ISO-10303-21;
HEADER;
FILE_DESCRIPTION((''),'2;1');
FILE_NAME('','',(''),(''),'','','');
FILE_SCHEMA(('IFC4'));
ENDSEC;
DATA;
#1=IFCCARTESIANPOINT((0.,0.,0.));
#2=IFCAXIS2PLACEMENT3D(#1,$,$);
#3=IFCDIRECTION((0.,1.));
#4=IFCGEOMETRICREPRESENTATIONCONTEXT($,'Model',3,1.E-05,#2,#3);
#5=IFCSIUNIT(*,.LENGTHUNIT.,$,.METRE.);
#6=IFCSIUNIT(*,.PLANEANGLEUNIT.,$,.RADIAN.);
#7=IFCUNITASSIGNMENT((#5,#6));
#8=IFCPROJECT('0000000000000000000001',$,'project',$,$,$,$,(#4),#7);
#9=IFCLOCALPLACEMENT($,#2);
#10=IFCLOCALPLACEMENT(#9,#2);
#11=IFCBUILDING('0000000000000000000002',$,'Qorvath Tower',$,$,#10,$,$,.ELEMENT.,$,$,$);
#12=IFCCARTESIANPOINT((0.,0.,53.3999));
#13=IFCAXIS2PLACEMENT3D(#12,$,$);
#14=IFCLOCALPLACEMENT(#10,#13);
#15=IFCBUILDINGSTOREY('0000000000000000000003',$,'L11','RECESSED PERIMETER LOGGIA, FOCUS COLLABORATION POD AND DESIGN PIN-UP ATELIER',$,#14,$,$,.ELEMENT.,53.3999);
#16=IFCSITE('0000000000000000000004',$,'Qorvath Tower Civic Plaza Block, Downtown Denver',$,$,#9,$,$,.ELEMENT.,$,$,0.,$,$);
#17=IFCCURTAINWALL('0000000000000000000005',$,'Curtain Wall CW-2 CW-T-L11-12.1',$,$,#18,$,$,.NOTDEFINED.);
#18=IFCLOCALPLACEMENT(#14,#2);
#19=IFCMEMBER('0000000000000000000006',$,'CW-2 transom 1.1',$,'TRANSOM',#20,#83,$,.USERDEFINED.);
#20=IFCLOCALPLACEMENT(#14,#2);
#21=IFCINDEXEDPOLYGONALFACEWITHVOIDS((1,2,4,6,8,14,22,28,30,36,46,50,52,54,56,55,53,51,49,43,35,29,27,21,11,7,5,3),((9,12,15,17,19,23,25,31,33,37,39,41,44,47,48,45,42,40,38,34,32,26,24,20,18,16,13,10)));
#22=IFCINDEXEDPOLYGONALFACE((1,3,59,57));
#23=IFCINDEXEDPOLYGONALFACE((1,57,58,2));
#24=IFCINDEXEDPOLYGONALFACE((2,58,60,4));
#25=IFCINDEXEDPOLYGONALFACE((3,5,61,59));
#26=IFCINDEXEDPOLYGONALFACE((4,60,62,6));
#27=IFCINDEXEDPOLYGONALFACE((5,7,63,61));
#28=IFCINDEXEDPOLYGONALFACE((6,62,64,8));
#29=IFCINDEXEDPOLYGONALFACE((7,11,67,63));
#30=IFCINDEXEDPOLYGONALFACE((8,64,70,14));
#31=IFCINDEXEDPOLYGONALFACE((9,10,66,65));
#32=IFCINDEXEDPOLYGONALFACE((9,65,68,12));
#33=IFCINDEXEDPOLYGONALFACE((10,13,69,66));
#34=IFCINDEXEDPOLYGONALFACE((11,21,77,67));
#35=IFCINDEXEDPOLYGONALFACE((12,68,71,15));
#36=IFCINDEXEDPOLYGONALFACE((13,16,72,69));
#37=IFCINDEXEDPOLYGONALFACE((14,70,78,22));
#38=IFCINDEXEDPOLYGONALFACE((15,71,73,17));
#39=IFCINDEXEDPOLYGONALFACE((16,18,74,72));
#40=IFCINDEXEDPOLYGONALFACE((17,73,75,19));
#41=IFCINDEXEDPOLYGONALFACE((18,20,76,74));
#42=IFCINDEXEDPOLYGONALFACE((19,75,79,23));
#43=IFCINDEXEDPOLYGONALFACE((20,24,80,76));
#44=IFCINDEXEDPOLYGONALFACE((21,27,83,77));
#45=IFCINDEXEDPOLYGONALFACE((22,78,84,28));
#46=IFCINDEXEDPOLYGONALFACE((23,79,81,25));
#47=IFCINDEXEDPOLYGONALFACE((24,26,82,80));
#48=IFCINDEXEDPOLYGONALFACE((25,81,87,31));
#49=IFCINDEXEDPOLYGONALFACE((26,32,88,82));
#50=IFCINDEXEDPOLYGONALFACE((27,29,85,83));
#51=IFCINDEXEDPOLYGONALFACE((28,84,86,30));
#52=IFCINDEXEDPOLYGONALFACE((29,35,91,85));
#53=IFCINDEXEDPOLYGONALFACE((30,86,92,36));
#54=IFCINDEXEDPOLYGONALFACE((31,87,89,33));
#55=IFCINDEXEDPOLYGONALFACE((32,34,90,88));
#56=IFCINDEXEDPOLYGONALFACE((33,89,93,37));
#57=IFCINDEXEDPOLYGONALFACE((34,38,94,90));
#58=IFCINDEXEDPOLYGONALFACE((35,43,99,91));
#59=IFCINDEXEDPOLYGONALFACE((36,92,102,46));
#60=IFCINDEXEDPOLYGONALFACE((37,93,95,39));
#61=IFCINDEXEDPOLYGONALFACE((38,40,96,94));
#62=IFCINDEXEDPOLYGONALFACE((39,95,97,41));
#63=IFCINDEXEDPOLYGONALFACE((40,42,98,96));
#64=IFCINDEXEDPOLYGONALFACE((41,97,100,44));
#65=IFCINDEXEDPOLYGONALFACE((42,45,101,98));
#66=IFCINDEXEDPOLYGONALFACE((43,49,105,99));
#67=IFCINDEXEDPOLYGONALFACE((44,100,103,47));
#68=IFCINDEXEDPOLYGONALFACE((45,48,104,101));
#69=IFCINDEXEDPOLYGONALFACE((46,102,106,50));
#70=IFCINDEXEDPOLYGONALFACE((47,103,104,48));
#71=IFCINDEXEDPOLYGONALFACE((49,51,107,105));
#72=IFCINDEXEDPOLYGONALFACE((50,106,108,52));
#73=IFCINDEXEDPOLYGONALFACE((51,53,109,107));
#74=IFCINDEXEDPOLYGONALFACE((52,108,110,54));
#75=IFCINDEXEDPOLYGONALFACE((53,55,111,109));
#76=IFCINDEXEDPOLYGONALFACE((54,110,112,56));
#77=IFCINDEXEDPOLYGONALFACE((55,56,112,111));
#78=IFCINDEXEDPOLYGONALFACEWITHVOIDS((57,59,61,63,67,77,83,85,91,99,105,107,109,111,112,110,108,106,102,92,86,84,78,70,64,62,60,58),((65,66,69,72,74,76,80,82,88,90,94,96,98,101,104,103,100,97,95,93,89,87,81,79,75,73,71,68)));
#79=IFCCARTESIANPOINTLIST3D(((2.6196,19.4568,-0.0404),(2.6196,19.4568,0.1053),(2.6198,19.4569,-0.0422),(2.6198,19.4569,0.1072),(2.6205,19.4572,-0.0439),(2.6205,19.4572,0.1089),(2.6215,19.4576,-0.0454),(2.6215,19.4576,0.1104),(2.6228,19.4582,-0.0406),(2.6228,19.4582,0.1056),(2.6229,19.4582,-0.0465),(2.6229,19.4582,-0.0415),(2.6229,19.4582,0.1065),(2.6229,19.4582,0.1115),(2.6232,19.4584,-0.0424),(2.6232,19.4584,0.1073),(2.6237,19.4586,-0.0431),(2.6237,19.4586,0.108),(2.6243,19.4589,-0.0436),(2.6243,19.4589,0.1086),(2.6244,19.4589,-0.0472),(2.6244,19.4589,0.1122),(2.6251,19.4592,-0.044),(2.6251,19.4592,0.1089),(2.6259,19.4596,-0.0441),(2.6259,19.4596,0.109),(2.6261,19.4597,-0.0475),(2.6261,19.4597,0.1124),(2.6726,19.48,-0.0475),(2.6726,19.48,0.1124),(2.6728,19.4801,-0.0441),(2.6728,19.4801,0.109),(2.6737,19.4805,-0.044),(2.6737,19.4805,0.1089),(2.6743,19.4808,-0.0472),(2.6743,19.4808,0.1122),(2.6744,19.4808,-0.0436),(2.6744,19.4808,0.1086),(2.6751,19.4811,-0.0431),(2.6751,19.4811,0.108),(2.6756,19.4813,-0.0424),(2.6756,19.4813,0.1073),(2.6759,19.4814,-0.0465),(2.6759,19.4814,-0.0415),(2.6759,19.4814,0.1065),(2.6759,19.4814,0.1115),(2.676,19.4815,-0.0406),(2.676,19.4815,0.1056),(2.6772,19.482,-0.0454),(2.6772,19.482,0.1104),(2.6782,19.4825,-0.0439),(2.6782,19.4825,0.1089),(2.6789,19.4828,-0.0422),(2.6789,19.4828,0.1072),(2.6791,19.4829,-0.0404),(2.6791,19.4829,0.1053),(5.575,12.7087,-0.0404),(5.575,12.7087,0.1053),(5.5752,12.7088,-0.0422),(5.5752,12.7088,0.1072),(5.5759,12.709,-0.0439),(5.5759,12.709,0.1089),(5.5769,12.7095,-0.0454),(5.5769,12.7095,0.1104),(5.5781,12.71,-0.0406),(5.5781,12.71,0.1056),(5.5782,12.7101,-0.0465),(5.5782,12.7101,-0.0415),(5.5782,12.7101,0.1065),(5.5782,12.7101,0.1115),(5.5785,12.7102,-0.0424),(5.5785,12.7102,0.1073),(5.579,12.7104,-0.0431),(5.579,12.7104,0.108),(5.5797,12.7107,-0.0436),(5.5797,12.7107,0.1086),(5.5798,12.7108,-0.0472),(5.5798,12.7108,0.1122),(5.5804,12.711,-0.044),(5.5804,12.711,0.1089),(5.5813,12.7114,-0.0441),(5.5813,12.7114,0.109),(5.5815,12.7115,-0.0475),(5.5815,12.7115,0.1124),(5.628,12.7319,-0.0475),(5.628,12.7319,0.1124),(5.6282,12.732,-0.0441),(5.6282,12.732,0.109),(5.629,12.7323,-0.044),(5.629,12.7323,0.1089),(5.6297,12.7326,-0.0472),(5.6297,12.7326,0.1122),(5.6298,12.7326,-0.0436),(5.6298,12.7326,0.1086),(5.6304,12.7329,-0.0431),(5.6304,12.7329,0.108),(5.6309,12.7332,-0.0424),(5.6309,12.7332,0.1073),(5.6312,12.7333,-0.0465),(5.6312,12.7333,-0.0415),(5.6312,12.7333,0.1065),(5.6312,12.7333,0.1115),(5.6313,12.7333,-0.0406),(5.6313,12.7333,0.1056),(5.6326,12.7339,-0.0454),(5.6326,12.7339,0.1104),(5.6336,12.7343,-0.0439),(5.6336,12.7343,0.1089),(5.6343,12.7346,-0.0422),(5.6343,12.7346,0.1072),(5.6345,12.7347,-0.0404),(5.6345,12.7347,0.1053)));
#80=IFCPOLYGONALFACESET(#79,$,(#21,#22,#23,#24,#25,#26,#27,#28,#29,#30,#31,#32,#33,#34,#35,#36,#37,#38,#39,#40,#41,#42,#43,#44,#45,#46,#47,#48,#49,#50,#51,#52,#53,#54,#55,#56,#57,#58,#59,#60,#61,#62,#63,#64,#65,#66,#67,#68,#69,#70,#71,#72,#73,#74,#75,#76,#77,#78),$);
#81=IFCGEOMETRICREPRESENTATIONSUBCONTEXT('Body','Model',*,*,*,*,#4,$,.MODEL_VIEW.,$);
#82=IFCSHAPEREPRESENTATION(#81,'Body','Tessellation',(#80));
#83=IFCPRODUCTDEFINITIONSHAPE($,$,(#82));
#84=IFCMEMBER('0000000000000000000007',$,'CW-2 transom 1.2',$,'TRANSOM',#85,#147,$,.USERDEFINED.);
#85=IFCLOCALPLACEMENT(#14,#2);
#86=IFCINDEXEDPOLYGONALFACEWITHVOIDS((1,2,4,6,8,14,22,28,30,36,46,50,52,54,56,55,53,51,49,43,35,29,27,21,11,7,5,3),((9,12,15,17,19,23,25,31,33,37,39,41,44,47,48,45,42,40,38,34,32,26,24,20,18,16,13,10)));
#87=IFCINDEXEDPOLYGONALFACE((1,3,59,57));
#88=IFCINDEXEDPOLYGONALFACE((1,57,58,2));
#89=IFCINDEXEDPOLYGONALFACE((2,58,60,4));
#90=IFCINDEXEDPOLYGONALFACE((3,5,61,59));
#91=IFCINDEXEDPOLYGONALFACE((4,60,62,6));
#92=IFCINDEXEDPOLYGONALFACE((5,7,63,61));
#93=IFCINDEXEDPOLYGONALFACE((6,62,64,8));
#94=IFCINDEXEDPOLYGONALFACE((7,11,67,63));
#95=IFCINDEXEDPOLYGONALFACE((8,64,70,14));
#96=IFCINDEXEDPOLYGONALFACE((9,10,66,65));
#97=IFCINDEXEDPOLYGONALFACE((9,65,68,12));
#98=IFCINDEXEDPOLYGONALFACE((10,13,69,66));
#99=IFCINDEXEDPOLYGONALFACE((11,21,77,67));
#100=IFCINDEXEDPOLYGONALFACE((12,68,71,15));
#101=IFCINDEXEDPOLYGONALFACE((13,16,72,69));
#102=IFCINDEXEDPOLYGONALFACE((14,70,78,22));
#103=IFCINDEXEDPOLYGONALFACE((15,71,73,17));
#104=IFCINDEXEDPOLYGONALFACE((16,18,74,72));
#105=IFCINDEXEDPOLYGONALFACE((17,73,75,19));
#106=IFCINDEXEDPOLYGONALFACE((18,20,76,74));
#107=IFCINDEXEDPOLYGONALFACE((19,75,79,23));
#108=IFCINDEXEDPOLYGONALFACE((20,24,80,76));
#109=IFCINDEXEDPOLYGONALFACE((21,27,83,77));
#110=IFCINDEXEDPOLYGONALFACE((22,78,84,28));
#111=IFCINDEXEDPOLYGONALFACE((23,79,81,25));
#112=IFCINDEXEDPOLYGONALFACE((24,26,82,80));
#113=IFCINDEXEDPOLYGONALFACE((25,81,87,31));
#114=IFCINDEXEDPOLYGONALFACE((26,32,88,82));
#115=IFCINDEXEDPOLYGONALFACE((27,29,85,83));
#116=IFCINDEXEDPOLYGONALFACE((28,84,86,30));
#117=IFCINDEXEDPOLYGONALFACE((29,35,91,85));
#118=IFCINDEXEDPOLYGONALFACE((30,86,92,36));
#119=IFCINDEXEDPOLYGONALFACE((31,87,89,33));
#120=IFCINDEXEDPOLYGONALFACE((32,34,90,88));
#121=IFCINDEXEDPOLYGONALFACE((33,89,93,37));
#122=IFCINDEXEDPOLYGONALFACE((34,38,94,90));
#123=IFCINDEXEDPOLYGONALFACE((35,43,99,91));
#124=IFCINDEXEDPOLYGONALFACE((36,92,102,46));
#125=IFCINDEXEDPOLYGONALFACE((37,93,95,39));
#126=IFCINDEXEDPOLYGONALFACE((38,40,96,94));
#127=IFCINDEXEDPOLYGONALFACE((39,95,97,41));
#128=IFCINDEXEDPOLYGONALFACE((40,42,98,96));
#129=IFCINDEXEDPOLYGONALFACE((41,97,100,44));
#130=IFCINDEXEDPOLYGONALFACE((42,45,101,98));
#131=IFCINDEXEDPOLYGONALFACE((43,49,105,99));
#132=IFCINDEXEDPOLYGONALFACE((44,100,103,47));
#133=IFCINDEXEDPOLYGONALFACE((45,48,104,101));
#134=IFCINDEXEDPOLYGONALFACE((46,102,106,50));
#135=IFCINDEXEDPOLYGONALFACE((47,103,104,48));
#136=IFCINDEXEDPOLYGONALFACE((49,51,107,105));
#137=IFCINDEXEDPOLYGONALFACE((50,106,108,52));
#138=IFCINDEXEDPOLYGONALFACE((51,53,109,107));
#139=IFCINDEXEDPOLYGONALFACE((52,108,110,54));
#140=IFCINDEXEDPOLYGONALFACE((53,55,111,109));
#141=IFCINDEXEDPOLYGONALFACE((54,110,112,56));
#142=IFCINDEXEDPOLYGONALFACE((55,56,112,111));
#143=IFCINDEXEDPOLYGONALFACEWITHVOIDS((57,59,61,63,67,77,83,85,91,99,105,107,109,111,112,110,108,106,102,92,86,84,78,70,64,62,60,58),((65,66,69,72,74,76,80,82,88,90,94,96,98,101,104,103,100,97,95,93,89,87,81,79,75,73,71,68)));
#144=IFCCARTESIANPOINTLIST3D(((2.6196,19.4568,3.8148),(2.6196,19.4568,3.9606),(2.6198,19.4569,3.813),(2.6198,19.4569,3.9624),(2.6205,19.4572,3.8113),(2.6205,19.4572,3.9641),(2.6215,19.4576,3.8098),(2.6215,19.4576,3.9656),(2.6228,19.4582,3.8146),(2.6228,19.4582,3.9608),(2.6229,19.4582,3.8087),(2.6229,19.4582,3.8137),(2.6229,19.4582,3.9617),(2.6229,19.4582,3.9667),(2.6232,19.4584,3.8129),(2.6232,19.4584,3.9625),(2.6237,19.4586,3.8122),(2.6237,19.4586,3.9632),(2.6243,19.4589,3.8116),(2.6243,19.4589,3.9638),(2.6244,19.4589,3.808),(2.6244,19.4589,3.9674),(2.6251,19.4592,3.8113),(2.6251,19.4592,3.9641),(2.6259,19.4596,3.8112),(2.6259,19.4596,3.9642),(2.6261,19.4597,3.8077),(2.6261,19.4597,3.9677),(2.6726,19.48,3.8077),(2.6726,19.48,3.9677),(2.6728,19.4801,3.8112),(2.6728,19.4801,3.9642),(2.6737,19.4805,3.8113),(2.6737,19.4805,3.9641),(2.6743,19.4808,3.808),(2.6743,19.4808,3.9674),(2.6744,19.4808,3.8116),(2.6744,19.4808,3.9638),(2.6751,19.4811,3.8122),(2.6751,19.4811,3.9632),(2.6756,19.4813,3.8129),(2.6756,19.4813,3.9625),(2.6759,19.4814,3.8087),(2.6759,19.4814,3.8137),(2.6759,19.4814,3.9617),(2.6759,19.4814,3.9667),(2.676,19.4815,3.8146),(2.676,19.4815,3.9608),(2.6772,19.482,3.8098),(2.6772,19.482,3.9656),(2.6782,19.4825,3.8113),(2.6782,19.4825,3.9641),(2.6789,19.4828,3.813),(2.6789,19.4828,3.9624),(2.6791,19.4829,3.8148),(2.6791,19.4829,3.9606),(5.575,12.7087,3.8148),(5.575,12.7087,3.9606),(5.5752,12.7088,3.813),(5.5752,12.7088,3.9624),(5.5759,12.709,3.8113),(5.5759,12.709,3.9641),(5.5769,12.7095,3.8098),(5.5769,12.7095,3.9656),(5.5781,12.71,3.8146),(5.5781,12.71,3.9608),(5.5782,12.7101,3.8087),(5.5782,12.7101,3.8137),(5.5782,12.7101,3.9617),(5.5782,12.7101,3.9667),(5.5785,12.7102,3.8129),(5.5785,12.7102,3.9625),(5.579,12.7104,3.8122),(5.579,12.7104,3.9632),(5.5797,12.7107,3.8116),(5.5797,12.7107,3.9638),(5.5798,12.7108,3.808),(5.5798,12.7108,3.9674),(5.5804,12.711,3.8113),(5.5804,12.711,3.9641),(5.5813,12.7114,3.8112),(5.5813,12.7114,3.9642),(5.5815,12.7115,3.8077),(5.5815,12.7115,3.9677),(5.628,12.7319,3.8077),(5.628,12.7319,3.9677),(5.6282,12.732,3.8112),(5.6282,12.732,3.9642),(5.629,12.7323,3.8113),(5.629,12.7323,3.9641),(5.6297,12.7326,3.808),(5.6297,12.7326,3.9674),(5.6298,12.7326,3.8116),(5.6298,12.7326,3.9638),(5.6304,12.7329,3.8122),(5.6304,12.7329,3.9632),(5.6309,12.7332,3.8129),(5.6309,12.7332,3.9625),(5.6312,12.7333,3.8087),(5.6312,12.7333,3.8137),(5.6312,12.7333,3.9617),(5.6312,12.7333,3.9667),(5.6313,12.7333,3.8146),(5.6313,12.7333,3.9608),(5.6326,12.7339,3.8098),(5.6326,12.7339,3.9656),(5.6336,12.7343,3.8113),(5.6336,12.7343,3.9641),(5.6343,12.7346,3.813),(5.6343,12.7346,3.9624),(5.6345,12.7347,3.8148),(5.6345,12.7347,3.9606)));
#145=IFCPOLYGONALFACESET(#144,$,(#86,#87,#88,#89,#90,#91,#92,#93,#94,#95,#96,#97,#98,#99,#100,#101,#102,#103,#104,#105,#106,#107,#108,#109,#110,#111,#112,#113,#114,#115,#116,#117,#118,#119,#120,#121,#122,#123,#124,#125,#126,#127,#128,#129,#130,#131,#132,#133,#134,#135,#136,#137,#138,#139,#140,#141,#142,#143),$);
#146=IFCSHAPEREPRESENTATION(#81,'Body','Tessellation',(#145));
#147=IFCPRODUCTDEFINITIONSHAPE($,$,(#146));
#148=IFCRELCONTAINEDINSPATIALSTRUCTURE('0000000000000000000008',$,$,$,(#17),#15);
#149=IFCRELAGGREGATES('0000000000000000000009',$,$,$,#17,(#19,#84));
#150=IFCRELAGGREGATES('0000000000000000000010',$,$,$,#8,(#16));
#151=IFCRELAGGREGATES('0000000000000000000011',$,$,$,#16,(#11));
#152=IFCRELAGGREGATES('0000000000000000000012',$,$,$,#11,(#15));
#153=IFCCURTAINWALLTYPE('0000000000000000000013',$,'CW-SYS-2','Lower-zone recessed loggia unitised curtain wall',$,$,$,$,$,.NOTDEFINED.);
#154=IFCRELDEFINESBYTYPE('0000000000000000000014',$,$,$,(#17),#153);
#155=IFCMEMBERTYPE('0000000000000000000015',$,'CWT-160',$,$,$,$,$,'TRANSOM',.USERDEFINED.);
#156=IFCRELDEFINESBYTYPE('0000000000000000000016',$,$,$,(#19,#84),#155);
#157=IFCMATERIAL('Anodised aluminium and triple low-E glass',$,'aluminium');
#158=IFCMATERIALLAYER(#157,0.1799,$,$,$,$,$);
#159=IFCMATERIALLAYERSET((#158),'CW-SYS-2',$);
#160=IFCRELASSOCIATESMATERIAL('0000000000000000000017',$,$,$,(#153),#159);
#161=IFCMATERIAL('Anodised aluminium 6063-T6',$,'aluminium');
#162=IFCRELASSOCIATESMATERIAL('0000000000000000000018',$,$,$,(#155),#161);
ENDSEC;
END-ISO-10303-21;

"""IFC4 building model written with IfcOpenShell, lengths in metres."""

from ifc_helpers import new_model, si_unit, direction, frame, origin, origin_2d, place, context, subcontext, project, spatial, hollow_rectangle, extrude, material, layer, layer_set, material_profile, profile_set, type_object, element, aggregate, save


model = new_model("IFC4")

# Units and contexts
model_context = context("Model", 3, precision=1e-05, world=origin(), true_north=direction((0.0, 1.0)))
body_context = subcontext(model_context, "Body", "Model", "MODEL_VIEW")
ifc_project = project(units=[si_unit("LENGTHUNIT", "METRE"), si_unit("PLANEANGLEUNIT", "RADIAN")], contexts=[model_context])

# Site, building, storey
site_placement = place(None, origin())
site = spatial("IfcSite", under=ifc_project, at=site_placement, Name="Qorvath Tower Civic Plaza Block, Downtown Denver", CompositionType="ELEMENT", RefElevation=0.0)
building_placement = place(site_placement, origin())
building = spatial("IfcBuilding", under=site, at=building_placement, Name="Qorvath Tower", CompositionType="ELEMENT")
storey_placement = place(building_placement, frame((0.0, 0.0, 53.3999)))
storey = spatial("IfcBuildingStorey", under=building, at=storey_placement, Name="L11", Description="RECESSED PERIMETER LOGGIA, FOCUS COLLABORATION POD AND DESIGN PIN-UP ATELIER", CompositionType="ELEMENT", Elevation=53.3999)

# Curtain wall
ifc_material_1 = material(Name="Anodised aluminium and triple low-E glass", Category="aluminium")
ifc_layer_1 = layer(ifc_material_1, 0.1799)
ifc_layer_set_1 = layer_set([ifc_layer_1], Name="CW-SYS-2")
curtain_wall_type = type_object("IfcCurtainWallType", Name="CW-SYS-2", Description="Lower-zone recessed loggia unitised curtain wall", PredefinedType="NOTDEFINED", material=ifc_layer_set_1)
curtain_wall_1_placement = place(storey_placement, origin())
curtain_wall_1 = element("IfcCurtainWall", 1, at=curtain_wall_1_placement, inside=storey, type_object=curtain_wall_type, Name="Curtain Wall CW-2 CW-T-L11-12.1", PredefinedType="NOTDEFINED")

# Members
ifc_material_2 = material(Name="Anodised aluminium 6063-T6", Category="aluminium")
ifc_material_profile_1 = material_profile(ifc_material_2, hollow_rectangle(XDim=0.0649, YDim=0.1599, WallThickness=0.0034, InnerFilletRadius=0.0034, OuterFilletRadius=0.0071, at=origin_2d()), Name="CWT 160x65")
ifc_profile_set_1 = profile_set([ifc_material_profile_1], Name="Anodised aluminium 6063-T6")
member_type_1 = type_object("IfcMemberType", Name="CWT-160", ElementType="TRANSOM", PredefinedType="USERDEFINED", material=ifc_profile_set_1)
member_1_placement = place(storey_placement, frame((5.6047, 12.7217, 0.0325), z_axis=(-0.401167, 0.916005, 0.0), x_axis=(-0.916005, -0.401167, 0.0)))
member_1 = element("IfcMember", 2, at=member_1_placement, type_object=member_type_1, Name="CW-2 transom 1.1", ObjectType="TRANSOM", PredefinedType="USERDEFINED", context=body_context, shape_type="SweptSolid", body=[
    extrude(hollow_rectangle(XDim=0.0649, YDim=0.1599, WallThickness=0.0034, InnerFilletRadius=0.0034, OuterFilletRadius=0.0071, at=origin_2d()), origin(), (0.0, 0.0, 1.0), 7.3669),
])
member_2_placement = place(storey_placement, frame((5.6047, 12.7217, 3.8877), z_axis=(-0.401167, 0.916005, 0.0), x_axis=(-0.916005, -0.401167, 0.0)))
member_2 = element("IfcMember", 3, at=member_2_placement, type_object=member_type_1, Name="CW-2 transom 1.2", ObjectType="TRANSOM", PredefinedType="USERDEFINED", context=body_context, shape_type="SweptSolid", body=[
    extrude(hollow_rectangle(XDim=0.0649, YDim=0.1599, WallThickness=0.0034, InnerFilletRadius=0.0034, OuterFilletRadius=0.0071, at=origin_2d()), origin(), (0.0, 0.0, 1.0), 7.3669),
])

aggregate(curtain_wall_1, [member_1, member_2])

save(model, "model.ifc")
